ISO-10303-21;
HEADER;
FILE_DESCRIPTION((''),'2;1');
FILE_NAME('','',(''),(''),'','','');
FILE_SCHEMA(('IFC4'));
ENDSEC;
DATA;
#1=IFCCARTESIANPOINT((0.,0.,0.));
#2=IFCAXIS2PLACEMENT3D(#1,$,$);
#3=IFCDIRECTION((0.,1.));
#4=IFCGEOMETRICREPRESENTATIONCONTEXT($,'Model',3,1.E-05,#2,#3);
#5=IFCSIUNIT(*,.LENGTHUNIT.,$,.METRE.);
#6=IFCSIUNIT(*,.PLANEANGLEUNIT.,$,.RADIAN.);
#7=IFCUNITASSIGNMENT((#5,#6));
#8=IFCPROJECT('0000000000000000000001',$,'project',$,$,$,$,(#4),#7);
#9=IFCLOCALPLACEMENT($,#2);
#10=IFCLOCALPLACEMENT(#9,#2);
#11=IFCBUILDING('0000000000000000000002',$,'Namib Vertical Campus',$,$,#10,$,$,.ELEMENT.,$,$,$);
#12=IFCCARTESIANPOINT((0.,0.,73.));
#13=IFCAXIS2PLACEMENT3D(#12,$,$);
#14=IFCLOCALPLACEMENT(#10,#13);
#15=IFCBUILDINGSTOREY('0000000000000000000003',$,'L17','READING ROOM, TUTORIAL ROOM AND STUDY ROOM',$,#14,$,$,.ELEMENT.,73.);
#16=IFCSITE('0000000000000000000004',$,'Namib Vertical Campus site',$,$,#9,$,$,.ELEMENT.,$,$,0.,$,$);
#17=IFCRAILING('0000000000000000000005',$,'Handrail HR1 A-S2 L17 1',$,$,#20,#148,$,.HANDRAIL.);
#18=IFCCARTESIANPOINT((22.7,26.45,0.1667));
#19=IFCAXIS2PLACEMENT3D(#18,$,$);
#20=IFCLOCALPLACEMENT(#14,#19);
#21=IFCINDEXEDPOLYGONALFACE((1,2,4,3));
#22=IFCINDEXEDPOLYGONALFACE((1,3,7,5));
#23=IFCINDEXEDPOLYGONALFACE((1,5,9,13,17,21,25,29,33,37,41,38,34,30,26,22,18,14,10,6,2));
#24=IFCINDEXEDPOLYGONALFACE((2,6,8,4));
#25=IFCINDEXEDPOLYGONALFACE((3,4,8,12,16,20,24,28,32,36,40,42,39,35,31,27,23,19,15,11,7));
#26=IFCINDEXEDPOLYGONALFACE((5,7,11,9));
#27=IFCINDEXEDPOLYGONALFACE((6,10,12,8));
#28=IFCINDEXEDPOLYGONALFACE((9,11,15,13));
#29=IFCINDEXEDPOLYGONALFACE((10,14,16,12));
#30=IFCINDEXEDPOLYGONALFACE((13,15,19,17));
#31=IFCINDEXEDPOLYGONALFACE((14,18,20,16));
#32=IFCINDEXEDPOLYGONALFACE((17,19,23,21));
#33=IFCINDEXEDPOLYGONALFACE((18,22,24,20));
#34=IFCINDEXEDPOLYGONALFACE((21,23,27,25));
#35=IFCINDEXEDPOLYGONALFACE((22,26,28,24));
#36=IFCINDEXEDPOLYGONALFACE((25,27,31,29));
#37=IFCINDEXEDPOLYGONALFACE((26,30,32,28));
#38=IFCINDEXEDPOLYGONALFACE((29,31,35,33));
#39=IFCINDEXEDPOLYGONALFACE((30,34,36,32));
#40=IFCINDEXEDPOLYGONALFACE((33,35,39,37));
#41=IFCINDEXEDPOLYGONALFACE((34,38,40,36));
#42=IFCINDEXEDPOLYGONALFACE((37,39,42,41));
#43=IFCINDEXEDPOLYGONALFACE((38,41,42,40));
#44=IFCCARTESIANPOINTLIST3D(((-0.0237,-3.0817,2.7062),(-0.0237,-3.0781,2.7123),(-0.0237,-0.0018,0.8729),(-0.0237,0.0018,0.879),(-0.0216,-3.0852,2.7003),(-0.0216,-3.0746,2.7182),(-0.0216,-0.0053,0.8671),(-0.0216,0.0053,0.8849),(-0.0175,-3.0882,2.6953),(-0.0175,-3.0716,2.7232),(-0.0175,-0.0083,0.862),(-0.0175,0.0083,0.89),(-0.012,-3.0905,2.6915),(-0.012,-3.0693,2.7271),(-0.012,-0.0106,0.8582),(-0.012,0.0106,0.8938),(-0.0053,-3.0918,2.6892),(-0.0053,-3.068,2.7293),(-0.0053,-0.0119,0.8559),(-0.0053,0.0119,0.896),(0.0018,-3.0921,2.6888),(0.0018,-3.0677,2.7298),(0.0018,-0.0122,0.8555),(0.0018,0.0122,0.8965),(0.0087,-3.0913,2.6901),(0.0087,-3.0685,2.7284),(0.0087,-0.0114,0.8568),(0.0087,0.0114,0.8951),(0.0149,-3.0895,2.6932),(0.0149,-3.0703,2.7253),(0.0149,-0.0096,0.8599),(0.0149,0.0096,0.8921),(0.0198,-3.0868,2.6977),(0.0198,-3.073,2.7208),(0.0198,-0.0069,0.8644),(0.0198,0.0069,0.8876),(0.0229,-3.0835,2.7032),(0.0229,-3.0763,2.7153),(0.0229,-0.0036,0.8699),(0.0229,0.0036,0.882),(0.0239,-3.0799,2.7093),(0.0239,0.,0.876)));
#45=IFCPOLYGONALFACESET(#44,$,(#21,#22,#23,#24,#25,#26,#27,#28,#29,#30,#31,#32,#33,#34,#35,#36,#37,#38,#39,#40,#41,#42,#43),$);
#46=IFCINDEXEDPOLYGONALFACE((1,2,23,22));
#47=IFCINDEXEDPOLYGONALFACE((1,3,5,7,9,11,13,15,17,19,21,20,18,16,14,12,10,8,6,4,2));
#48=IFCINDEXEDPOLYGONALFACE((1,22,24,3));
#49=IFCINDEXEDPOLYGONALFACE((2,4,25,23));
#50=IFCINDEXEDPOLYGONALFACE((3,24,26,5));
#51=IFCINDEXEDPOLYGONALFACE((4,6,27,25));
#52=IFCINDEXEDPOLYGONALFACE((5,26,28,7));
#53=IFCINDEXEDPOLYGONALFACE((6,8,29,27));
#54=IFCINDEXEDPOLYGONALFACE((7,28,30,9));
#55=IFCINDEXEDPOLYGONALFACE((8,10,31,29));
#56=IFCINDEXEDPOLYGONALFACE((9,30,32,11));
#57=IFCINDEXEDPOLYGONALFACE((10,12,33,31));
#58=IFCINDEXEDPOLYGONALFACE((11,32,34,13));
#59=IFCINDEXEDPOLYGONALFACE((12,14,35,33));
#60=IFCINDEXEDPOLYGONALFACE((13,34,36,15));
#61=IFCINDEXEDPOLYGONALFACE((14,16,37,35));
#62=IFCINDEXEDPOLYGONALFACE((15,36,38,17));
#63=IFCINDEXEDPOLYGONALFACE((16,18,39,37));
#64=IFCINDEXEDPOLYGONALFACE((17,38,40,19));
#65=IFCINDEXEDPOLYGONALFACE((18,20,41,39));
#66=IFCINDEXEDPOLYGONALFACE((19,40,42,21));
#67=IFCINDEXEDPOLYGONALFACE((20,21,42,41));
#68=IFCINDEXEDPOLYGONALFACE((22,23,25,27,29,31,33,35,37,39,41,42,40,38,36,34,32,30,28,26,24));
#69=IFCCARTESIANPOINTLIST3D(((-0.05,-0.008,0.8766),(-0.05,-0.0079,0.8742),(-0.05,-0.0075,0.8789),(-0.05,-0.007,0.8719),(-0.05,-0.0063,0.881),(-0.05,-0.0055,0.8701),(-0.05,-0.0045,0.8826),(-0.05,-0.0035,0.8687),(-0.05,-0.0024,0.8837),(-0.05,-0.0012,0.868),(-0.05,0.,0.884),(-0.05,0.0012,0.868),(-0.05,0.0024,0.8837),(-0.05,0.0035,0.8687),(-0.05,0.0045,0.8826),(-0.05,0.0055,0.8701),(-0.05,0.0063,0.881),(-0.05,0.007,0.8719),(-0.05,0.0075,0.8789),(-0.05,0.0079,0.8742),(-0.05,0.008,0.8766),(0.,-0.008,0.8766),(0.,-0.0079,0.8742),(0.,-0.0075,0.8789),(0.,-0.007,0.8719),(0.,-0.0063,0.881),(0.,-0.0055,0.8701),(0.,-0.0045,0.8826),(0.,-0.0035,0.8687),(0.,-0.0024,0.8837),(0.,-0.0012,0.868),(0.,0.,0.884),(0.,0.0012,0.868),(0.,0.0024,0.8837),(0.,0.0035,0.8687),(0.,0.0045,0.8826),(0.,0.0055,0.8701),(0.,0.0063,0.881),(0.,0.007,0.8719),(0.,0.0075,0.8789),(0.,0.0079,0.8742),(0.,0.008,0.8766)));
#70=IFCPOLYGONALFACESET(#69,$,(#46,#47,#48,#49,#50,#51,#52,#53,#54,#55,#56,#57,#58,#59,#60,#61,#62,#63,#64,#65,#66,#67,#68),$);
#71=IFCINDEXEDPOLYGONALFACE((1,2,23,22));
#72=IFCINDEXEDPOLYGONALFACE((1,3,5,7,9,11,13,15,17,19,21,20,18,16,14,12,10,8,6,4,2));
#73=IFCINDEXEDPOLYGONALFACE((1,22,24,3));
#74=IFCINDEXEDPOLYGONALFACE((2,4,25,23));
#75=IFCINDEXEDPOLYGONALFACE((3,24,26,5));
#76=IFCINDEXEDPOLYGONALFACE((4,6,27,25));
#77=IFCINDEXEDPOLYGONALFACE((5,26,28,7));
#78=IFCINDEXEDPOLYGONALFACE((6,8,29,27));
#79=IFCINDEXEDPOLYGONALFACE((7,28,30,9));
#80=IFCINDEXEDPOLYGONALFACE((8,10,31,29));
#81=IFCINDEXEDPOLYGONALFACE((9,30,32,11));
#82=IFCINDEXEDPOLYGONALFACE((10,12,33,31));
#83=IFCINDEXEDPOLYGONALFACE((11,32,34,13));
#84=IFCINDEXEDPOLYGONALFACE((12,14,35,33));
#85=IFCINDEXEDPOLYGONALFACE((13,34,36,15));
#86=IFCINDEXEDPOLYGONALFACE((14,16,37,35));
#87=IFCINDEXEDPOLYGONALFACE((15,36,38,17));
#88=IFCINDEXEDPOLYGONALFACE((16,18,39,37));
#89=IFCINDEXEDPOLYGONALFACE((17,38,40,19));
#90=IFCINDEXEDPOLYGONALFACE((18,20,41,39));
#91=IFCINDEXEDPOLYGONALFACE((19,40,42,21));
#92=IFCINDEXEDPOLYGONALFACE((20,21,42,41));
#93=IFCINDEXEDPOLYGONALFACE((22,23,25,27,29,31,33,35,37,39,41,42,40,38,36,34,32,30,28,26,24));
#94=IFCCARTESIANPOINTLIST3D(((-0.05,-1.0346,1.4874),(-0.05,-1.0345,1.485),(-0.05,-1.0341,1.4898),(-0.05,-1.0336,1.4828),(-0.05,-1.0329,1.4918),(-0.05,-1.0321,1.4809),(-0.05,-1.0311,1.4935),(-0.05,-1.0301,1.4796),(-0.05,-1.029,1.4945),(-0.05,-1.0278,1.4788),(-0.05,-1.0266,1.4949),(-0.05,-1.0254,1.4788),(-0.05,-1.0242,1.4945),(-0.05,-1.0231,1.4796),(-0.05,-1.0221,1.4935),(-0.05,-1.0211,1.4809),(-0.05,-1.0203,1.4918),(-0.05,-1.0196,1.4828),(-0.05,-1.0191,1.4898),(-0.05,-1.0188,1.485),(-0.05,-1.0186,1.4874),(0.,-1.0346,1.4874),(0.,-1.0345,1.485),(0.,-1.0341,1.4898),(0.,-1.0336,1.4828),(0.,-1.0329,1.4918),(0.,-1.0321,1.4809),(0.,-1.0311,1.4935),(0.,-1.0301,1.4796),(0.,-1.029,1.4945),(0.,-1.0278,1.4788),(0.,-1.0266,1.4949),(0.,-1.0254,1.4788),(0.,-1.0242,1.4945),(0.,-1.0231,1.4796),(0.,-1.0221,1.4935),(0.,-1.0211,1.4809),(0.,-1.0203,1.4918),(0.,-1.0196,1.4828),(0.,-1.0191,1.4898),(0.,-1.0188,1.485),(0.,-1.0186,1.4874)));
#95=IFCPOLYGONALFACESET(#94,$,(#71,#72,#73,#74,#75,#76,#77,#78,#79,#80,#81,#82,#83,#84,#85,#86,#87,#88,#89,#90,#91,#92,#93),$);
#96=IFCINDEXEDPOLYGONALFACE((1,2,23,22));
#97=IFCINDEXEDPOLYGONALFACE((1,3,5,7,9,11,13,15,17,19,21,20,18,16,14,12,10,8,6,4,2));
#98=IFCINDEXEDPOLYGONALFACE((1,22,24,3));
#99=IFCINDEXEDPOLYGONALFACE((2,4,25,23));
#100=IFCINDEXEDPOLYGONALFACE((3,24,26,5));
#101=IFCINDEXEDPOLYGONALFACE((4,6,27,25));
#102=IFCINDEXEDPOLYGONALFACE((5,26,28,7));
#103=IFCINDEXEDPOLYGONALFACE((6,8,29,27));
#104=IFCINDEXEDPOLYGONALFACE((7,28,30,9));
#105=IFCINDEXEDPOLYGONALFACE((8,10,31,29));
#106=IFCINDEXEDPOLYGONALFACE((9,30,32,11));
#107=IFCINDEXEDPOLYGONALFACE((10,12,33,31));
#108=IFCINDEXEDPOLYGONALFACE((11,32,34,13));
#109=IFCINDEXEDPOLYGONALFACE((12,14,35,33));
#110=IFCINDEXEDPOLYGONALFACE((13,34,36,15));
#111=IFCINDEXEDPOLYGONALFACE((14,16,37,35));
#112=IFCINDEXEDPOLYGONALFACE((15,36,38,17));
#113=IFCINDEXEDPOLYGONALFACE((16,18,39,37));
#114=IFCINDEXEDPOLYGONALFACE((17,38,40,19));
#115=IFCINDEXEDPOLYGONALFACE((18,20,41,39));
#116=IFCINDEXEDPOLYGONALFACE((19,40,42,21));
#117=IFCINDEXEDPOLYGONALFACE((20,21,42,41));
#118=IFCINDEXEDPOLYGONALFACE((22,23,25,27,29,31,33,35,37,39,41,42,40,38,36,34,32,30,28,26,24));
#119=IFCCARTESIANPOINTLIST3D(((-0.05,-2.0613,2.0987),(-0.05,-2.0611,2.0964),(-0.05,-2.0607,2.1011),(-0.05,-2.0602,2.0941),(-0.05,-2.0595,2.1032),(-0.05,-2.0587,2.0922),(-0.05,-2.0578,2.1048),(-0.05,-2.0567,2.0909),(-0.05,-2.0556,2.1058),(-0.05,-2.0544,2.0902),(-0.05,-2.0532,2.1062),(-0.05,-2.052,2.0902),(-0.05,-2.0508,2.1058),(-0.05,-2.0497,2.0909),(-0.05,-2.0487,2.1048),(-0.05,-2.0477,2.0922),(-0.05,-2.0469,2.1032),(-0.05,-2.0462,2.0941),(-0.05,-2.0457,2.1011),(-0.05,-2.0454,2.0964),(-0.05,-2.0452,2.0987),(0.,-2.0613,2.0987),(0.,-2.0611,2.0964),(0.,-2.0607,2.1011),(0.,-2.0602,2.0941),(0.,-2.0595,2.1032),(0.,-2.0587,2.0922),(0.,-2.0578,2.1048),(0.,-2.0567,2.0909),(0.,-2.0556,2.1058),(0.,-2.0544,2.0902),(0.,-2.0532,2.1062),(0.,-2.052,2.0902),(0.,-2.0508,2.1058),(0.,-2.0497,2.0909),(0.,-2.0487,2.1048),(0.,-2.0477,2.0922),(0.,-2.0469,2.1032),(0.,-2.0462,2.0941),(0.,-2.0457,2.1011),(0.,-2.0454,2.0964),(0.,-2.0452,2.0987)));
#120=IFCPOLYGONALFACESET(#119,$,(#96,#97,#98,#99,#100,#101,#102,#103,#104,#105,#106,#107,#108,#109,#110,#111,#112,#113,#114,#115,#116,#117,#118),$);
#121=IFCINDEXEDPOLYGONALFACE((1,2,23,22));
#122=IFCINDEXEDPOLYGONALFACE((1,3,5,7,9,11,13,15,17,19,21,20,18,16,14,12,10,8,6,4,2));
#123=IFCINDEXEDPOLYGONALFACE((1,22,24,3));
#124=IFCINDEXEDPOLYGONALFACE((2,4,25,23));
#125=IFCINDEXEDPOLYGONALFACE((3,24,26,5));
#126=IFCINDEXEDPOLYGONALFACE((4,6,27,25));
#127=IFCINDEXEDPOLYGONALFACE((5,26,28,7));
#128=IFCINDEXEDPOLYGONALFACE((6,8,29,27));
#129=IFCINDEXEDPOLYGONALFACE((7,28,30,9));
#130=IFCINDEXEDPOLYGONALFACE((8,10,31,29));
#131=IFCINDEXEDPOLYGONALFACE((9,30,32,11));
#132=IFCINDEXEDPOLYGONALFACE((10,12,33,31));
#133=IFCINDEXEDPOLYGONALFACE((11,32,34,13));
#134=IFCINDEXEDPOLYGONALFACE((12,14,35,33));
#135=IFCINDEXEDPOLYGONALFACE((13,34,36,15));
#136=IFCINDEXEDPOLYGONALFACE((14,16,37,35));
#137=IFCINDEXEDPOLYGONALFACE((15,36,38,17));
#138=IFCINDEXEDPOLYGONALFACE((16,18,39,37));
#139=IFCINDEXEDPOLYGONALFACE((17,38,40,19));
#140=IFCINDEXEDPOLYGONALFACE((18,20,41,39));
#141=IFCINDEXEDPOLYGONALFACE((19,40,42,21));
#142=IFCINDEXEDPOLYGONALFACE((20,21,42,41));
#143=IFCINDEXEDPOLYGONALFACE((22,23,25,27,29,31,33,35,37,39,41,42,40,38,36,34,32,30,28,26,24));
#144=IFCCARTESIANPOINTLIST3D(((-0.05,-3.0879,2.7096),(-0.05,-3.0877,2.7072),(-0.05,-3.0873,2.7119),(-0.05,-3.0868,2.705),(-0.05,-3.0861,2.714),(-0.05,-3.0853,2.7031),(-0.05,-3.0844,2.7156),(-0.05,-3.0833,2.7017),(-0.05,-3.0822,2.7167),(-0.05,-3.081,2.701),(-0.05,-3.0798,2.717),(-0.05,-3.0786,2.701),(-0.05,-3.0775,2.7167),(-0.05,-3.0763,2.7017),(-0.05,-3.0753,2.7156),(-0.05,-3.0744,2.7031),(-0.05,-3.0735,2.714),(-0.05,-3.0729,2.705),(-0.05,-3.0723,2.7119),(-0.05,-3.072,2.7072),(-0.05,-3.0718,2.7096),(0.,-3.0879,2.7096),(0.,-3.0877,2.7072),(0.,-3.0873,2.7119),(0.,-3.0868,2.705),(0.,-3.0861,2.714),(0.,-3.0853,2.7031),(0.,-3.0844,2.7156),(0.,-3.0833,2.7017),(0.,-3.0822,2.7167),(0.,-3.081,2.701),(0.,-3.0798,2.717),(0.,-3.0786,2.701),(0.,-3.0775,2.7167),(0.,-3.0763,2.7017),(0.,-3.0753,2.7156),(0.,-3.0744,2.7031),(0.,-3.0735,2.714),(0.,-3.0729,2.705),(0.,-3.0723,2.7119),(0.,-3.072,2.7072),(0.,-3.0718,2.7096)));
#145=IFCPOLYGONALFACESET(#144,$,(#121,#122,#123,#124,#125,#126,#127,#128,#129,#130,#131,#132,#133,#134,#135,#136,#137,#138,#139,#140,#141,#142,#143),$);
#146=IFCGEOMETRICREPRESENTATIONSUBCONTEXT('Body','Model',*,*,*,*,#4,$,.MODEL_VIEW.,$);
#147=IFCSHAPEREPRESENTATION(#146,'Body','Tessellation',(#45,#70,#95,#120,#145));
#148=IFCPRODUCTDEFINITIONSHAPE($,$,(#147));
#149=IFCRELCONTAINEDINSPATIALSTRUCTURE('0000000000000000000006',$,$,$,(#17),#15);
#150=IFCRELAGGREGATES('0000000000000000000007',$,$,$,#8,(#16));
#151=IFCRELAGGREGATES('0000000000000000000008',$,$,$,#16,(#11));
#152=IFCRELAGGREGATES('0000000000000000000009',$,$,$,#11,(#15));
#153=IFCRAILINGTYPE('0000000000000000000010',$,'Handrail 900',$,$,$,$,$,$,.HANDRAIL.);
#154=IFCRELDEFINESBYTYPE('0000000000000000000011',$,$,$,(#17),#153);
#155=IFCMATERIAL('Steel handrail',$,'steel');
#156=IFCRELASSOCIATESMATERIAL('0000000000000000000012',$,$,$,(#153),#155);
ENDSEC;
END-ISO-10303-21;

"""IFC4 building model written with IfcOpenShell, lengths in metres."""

from ifc_helpers import new_model, si_unit, direction, frame, origin, origin_2d, place, context, subcontext, project, spatial, circle, extrude, material, type_object, element, save


model = new_model("IFC4")

# Units and contexts
model_context = context("Model", 3, precision=1e-05, world=origin(), true_north=direction((0.0, 1.0)))
body_context = subcontext(model_context, "Body", "Model", "MODEL_VIEW")
ifc_project = project(units=[si_unit("LENGTHUNIT", "METRE"), si_unit("PLANEANGLEUNIT", "RADIAN")], contexts=[model_context])

# Site, building, storey
site_placement = place(None, origin())
site = spatial("IfcSite", under=ifc_project, at=site_placement, Name="Namib Vertical Campus site", CompositionType="ELEMENT", RefElevation=0.0)
building_placement = place(site_placement, origin())
building = spatial("IfcBuilding", under=site, at=building_placement, Name="Namib Vertical Campus", CompositionType="ELEMENT")
storey_placement = place(building_placement, frame((0.0, 0.0, 73.0)))
storey = spatial("IfcBuildingStorey", under=building, at=storey_placement, Name="L17", Description="READING ROOM, TUTORIAL ROOM AND STUDY ROOM", CompositionType="ELEMENT", Elevation=73.0)

# Railing
ifc_material_1 = material(Name="Steel handrail", Category="steel")
railing_type_1 = type_object("IfcRailingType", Name="Handrail 900", PredefinedType="HANDRAIL", material=ifc_material_1)
railing_1_placement = place(storey_placement, frame((22.7, 26.45, 0.1667)))
element("IfcRailing", 1, at=railing_1_placement, inside=storey, type_object=railing_type_1, Name="Handrail HR1 A-S2 L17 1", PredefinedType="HANDRAIL", context=body_context, shape_type="SweptSolid", body=[
    extrude(circle(Radius=0.0239, at=origin_2d()), frame((0.0, 0.0, 0.876), z_axis=(0.0, -0.859291, 0.511487), x_axis=(1.0, 0.0, 0.0)), (0.0, 0.0, 1.0), 3.5842),
    extrude(circle(Radius=0.0081, at=origin_2d()), frame((0.0, 0.0, 0.876), z_axis=(-1.0, 0.0, 0.0), x_axis=(0.0, 0.0, 1.0)), (0.0, 0.0, 1.0), 0.05),
    extrude(circle(Radius=0.0081, at=origin_2d()), frame((0.0, -1.0266, 1.4868), z_axis=(-1.0, 0.0, 0.0), x_axis=(0.0, 0.0, 1.0)), (0.0, 0.0, 1.0), 0.05),
    extrude(circle(Radius=0.0081, at=origin_2d()), frame((0.0, -2.0532, 2.0981), z_axis=(-1.0, 0.0, 0.0), x_axis=(0.0, 0.0, 1.0)), (0.0, 0.0, 1.0), 0.05),
    extrude(circle(Radius=0.0081, at=origin_2d()), frame((0.0, -3.0798, 2.709), z_axis=(-1.0, 0.0, 0.0), x_axis=(0.0, 0.0, 1.0)), (0.0, 0.0, 1.0), 0.05),
])

save(model, "model.ifc")
